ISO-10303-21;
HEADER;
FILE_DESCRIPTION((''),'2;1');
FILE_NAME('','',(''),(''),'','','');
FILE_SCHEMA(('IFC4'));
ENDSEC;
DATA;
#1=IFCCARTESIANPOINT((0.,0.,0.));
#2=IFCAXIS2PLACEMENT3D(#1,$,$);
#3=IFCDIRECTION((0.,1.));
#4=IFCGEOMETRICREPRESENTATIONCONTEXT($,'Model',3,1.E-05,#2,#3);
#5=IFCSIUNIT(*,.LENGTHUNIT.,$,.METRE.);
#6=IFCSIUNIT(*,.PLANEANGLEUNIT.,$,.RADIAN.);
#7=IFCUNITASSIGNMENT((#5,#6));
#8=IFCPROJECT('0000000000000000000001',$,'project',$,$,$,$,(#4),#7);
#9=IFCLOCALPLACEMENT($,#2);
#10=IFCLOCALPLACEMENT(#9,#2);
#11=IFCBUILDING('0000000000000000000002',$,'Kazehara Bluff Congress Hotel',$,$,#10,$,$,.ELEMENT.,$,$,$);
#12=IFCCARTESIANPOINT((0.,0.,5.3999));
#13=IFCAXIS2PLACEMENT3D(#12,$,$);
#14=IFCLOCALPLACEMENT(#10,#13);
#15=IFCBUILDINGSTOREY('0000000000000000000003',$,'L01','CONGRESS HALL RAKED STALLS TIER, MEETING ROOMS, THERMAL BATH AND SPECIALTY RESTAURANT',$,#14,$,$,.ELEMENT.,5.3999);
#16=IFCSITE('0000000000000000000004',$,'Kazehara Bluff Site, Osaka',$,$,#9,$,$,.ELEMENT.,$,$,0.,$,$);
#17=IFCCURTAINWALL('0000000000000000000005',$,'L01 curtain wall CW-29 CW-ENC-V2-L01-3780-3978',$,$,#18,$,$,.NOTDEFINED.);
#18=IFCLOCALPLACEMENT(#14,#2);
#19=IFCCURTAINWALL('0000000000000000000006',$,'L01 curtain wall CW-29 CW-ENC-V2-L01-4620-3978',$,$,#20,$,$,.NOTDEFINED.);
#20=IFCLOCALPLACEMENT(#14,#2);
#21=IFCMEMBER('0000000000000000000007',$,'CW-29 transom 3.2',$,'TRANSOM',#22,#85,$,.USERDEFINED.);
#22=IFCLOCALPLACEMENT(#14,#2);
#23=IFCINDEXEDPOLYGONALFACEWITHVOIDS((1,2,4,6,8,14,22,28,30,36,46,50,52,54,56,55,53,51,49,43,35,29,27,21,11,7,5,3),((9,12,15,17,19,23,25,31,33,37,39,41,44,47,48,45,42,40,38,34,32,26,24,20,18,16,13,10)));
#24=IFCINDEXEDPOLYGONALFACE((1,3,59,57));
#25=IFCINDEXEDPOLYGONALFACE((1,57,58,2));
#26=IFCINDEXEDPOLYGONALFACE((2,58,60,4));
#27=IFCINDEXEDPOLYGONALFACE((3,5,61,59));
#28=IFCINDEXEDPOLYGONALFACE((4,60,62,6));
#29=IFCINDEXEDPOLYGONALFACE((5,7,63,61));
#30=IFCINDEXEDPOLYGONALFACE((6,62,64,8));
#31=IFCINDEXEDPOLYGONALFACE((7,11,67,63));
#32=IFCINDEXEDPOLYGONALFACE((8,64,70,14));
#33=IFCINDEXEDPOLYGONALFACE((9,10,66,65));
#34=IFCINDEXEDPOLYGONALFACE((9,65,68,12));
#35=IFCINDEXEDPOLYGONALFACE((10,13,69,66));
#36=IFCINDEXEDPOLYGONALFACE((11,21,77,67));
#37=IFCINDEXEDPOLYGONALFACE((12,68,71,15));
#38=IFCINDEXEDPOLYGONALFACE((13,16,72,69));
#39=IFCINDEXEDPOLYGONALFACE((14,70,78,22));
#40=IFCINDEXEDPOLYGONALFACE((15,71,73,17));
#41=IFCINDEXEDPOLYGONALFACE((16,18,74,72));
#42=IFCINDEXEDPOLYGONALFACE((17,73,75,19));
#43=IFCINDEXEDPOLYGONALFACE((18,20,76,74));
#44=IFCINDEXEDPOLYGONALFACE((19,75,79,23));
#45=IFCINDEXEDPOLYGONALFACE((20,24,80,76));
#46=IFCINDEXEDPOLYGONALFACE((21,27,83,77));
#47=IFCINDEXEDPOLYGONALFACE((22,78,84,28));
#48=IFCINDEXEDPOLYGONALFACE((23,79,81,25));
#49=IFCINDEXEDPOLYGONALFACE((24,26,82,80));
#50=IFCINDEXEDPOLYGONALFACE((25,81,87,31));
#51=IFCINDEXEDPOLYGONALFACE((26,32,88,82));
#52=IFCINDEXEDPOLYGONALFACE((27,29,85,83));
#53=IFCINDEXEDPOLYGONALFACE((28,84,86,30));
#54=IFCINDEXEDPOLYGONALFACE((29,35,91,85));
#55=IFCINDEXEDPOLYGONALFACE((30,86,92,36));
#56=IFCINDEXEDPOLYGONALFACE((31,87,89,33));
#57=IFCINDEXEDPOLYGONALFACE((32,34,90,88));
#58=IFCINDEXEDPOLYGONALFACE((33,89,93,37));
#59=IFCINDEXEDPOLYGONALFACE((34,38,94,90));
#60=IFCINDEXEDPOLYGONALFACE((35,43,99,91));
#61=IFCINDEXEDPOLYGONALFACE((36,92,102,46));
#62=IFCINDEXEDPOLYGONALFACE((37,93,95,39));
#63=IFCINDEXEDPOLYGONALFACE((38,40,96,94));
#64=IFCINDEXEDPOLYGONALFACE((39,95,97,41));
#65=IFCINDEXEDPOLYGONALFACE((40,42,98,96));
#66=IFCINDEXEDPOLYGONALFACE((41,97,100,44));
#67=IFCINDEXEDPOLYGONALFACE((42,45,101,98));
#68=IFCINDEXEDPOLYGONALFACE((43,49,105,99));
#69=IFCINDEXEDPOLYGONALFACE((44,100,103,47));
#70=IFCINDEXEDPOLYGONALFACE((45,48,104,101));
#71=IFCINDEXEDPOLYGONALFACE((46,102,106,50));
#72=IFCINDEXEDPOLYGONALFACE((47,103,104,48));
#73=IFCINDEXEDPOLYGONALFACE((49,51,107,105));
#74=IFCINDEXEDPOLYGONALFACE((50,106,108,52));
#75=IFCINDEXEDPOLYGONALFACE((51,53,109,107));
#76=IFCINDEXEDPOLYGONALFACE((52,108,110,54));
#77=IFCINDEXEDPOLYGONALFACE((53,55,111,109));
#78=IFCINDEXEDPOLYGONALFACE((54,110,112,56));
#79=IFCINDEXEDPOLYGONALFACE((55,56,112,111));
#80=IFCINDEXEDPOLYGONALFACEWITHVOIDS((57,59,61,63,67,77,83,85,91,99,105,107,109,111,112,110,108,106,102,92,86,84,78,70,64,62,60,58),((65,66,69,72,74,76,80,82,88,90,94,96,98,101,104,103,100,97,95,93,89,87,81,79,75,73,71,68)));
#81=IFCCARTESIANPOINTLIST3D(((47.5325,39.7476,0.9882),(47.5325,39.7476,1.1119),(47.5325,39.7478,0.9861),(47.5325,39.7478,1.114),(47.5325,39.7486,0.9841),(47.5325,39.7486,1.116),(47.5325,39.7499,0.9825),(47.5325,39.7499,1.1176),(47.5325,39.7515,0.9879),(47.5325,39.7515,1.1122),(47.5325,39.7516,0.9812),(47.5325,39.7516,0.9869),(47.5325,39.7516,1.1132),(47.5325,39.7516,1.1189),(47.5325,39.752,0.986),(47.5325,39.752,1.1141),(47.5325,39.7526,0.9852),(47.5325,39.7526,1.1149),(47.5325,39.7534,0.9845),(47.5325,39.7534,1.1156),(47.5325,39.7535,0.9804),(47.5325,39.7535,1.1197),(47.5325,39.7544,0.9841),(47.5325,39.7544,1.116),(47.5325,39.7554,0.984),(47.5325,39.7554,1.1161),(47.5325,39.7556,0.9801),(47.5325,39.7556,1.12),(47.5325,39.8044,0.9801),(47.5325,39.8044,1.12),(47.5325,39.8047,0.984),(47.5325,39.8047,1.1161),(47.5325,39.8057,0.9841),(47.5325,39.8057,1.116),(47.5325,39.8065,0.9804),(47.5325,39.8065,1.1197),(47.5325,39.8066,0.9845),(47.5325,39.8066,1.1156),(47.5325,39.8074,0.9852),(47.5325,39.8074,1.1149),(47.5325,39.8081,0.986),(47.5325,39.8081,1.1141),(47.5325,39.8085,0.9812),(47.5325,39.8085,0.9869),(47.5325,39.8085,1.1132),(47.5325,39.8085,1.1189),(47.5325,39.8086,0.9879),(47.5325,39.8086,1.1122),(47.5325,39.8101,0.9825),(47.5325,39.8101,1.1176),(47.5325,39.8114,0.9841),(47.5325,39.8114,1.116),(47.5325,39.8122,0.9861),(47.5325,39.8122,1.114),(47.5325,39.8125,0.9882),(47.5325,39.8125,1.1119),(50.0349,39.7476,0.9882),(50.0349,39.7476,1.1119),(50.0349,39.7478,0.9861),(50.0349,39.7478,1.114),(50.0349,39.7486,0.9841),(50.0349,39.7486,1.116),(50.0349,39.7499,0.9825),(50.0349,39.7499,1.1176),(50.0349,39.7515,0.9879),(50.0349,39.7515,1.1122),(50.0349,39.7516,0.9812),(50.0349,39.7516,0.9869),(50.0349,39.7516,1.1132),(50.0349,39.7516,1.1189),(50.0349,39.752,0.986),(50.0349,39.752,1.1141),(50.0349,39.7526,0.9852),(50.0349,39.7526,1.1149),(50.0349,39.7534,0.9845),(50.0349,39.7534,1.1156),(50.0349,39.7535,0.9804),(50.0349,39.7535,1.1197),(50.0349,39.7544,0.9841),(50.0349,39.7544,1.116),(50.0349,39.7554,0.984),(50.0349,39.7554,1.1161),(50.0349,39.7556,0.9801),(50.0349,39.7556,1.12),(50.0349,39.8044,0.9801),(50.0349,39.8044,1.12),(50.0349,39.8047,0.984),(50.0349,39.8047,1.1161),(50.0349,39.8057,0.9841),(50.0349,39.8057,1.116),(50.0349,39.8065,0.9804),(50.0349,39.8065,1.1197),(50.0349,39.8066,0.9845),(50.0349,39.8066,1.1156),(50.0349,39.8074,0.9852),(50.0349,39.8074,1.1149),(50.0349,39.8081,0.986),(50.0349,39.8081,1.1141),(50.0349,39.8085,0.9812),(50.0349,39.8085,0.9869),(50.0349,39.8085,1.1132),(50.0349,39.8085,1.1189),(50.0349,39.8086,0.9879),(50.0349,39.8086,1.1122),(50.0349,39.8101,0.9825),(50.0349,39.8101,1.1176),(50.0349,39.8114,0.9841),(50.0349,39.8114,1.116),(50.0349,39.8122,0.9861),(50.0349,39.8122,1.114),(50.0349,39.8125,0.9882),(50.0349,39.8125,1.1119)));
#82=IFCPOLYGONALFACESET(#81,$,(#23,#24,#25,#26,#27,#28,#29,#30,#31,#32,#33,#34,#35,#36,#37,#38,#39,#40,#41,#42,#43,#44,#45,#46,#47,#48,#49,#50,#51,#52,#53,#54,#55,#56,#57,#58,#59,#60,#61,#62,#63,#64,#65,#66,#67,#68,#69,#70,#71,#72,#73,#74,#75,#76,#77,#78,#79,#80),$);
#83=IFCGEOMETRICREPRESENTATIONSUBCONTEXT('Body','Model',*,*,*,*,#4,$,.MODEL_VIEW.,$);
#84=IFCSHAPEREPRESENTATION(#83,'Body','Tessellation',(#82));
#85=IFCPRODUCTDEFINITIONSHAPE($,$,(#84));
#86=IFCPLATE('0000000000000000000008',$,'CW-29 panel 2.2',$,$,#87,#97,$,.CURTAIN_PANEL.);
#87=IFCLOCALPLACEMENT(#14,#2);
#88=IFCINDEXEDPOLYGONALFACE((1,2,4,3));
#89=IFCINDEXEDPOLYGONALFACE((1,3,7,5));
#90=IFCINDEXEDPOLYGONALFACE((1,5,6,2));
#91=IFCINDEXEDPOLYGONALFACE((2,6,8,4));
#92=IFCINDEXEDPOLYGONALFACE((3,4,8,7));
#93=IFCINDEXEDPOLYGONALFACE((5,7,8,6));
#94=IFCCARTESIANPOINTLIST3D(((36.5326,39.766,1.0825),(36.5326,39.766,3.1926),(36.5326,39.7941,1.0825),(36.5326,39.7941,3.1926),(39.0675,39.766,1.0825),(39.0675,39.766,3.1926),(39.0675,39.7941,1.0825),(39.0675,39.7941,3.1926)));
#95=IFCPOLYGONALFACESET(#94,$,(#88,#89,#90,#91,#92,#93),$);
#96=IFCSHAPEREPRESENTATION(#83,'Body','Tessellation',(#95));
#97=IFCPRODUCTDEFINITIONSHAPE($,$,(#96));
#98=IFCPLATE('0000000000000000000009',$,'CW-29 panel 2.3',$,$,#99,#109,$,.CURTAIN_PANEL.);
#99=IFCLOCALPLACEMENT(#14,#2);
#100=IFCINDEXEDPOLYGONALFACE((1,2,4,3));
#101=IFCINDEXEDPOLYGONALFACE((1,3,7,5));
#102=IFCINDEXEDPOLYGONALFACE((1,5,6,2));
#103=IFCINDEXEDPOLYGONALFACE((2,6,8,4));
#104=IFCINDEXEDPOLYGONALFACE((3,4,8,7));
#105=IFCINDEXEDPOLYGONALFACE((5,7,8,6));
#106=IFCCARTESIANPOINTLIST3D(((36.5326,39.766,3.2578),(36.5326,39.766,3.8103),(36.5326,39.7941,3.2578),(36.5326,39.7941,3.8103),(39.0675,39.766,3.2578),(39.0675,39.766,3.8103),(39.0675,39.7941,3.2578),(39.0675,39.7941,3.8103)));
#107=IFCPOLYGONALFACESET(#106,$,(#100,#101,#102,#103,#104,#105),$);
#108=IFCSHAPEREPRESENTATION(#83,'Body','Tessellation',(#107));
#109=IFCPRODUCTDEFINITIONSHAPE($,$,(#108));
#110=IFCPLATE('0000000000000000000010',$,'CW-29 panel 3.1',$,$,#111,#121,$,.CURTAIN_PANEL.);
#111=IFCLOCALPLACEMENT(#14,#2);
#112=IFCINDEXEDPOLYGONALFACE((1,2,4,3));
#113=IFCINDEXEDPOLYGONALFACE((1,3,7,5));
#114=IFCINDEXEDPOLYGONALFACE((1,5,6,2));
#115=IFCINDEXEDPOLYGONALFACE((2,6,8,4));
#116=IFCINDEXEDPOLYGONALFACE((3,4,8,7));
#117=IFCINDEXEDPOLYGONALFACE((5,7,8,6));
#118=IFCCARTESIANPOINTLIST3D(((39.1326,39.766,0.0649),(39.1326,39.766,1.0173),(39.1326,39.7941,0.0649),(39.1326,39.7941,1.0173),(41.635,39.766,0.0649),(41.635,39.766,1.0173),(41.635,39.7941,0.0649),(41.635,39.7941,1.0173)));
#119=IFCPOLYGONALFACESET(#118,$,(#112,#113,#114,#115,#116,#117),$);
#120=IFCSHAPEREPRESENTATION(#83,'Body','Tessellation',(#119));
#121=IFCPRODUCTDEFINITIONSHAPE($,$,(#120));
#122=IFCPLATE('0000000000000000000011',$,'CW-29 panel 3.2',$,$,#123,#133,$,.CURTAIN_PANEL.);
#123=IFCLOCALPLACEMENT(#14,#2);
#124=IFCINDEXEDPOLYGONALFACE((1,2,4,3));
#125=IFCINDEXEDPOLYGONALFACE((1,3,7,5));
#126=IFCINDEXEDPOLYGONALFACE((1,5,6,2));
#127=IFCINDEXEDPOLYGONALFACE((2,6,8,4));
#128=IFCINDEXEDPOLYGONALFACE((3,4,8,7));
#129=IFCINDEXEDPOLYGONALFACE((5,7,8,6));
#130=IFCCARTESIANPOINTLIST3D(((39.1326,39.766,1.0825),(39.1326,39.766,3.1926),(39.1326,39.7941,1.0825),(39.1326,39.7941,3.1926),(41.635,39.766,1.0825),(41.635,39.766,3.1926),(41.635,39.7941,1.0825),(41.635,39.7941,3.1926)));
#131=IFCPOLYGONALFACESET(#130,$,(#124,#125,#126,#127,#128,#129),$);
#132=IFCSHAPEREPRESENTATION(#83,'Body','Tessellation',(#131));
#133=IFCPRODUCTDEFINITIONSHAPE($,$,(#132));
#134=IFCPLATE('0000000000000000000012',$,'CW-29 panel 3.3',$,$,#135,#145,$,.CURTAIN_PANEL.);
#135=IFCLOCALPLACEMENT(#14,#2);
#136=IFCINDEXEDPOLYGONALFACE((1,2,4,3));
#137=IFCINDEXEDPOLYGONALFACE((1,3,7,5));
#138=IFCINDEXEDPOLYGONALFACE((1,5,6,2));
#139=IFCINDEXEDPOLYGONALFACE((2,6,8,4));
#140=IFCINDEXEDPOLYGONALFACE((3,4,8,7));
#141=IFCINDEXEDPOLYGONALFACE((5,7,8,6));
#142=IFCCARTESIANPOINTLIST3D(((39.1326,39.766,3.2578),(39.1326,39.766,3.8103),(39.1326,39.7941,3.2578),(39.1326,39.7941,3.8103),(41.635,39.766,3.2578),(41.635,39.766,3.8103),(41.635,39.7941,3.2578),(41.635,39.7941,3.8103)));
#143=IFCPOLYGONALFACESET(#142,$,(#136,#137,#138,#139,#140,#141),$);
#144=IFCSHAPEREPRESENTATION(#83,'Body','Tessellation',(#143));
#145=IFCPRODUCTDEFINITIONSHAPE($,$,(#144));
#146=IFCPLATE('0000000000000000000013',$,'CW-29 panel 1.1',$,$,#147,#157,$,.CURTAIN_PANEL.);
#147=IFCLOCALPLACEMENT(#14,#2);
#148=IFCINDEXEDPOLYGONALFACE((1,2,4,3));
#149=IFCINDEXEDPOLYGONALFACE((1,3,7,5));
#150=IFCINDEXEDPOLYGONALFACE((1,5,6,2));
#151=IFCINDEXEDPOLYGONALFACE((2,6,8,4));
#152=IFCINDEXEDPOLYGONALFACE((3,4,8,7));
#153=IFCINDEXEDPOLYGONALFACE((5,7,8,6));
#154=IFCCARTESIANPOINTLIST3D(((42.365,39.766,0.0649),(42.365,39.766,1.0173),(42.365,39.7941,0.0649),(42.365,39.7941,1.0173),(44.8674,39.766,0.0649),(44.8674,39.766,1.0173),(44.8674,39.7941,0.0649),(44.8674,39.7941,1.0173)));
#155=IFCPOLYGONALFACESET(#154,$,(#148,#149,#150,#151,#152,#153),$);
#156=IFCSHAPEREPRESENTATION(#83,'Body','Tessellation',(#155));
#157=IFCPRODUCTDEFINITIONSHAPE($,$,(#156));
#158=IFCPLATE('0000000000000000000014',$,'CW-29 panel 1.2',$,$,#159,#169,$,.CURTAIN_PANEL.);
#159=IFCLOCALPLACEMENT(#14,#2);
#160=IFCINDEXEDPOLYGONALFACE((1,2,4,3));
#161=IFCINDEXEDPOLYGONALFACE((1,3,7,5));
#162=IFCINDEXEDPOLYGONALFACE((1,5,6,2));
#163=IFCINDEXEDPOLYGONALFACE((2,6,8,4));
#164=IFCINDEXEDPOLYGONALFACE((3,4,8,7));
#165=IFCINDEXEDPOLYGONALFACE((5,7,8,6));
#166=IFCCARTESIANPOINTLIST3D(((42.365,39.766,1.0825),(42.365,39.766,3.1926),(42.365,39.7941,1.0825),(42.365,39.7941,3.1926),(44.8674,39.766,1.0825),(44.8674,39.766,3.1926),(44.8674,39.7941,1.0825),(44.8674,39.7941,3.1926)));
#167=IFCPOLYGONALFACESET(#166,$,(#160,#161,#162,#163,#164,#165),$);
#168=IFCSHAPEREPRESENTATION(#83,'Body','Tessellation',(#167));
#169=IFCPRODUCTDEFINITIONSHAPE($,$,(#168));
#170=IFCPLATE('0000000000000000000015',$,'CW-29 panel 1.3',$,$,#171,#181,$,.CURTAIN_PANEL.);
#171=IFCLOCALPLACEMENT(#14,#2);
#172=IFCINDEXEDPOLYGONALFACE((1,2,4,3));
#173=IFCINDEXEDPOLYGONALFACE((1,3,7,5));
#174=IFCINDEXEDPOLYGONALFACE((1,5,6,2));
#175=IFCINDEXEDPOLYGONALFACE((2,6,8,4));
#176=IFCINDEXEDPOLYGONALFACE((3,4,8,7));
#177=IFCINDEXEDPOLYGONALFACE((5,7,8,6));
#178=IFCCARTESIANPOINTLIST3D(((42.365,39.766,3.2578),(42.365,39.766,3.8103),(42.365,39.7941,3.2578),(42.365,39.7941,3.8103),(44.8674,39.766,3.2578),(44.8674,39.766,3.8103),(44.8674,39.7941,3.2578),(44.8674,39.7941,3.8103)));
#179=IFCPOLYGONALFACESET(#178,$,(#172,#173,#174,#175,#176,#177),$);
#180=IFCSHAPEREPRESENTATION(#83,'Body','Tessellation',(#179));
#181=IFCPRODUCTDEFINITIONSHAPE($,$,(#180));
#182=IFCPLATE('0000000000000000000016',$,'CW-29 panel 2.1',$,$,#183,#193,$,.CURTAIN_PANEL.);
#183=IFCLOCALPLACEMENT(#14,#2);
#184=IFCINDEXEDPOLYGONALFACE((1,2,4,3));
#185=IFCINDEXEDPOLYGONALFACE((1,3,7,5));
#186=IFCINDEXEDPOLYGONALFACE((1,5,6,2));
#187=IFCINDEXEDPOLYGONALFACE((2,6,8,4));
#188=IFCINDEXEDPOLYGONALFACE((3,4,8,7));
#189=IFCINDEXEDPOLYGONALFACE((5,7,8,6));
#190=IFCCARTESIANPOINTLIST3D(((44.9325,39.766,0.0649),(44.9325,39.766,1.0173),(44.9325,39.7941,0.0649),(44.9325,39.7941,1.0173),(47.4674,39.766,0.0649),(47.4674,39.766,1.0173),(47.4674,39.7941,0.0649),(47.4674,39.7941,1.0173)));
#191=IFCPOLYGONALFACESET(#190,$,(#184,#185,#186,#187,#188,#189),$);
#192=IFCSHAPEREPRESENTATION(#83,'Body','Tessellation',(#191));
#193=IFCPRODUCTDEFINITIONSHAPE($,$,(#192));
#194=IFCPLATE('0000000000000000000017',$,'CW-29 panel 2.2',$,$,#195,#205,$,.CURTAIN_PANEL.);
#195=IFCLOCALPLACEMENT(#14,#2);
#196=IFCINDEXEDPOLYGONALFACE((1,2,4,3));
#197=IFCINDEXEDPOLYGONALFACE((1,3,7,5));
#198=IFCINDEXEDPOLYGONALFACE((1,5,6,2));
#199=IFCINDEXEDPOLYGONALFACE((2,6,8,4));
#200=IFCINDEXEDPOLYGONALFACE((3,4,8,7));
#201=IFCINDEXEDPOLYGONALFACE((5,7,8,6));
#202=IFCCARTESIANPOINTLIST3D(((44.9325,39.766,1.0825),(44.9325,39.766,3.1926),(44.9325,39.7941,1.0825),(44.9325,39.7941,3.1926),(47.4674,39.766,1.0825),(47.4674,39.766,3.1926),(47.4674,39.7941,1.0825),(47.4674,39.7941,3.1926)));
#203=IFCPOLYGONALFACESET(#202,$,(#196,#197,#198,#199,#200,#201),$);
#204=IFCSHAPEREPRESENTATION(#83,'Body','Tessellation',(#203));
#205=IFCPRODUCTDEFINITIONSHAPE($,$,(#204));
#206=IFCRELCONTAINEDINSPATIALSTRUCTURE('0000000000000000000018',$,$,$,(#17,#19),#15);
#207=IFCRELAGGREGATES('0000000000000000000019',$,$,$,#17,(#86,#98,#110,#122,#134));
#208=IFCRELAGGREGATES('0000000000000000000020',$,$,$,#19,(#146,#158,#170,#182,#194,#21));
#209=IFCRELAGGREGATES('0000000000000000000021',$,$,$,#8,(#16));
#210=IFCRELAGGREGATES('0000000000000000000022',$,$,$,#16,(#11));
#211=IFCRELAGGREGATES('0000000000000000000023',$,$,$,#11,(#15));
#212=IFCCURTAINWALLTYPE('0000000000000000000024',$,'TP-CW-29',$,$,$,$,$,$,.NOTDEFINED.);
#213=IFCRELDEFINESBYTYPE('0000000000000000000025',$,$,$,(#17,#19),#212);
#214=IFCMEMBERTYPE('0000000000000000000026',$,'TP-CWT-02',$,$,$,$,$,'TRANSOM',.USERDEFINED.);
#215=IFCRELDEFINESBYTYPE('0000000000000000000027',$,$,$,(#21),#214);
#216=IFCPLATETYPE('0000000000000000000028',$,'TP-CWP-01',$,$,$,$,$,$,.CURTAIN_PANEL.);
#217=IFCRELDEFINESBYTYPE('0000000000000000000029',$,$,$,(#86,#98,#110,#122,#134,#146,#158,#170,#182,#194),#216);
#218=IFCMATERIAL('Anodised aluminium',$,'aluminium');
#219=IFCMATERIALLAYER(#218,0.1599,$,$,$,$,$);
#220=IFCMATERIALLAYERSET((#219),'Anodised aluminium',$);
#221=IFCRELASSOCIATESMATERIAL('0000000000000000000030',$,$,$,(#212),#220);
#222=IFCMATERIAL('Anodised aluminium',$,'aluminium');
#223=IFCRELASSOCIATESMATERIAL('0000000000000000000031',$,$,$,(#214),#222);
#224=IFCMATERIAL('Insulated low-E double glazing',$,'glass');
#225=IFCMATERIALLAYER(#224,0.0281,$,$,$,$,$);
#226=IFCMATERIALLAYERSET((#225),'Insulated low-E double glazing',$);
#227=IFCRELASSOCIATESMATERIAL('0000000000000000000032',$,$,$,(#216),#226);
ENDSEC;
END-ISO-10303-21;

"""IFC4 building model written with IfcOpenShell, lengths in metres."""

from ifc_helpers import new_model, si_unit, direction, frame, origin, origin_2d, place, context, subcontext, project, spatial, rectangle, hollow_rectangle, extrude, material, layer, layer_set, material_profile, profile_set, type_object, element, aggregate, save


model = new_model("IFC4")

# Units and contexts
model_context = context("Model", 3, precision=1e-05, world=origin(), true_north=direction((0.0, 1.0)))
body_context = subcontext(model_context, "Body", "Model", "MODEL_VIEW")
ifc_project = project(units=[si_unit("LENGTHUNIT", "METRE"), si_unit("PLANEANGLEUNIT", "RADIAN")], contexts=[model_context])

# Site, building, storey
site_placement = place(None, origin())
site = spatial("IfcSite", under=ifc_project, at=site_placement, Name="Kazehara Bluff Site, Osaka", CompositionType="ELEMENT", RefElevation=0.0)
building_placement = place(site_placement, origin())
building = spatial("IfcBuilding", under=site, at=building_placement, Name="Kazehara Bluff Congress Hotel", CompositionType="ELEMENT")
storey_placement = place(building_placement, frame((0.0, 0.0, 5.3999)))
storey = spatial("IfcBuildingStorey", under=building, at=storey_placement, Name="L01", Description="CONGRESS HALL RAKED STALLS TIER, MEETING ROOMS, THERMAL BATH AND SPECIALTY RESTAURANT", CompositionType="ELEMENT", Elevation=5.3999)

# Curtain walls
ifc_material_1 = material(Name="Anodised aluminium", Category="aluminium")
ifc_layer_1 = layer(ifc_material_1, 0.1599)
ifc_layer_set_1 = layer_set([ifc_layer_1], Name="Anodised aluminium")
curtain_wall_type = type_object("IfcCurtainWallType", Name="TP-CW-29", PredefinedType="NOTDEFINED", material=ifc_layer_set_1)
curtain_wall_1_placement = place(storey_placement, origin())
curtain_wall_1 = element("IfcCurtainWall", 1, at=curtain_wall_1_placement, inside=storey, type_object=curtain_wall_type, Name="L01 curtain wall CW-29 CW-ENC-V2-L01-3780-3978", PredefinedType="NOTDEFINED")
curtain_wall_2_placement = place(storey_placement, origin())
curtain_wall_2 = element("IfcCurtainWall", 2, at=curtain_wall_2_placement, inside=storey, type_object=curtain_wall_type, Name="L01 curtain wall CW-29 CW-ENC-V2-L01-4620-3978", PredefinedType="NOTDEFINED")

# Member
ifc_material_2 = material(Name="Anodised aluminium", Category="aluminium")
ifc_material_profile_1 = material_profile(ifc_material_2, hollow_rectangle(XDim=0.0649, YDim=0.1399, WallThickness=0.0039, InnerFilletRadius=0.0039, OuterFilletRadius=0.0081, at=origin_2d()))
ifc_profile_set_1 = profile_set([ifc_material_profile_1], Name="Anodised aluminium")
member_type_1 = type_object("IfcMemberType", Name="TP-CWT-02", ElementType="TRANSOM", PredefinedType="USERDEFINED", material=ifc_profile_set_1)
member_1_placement = place(storey_placement, frame((47.5325, 39.78, 1.05), z_axis=(1.0, 0.0, 0.0), x_axis=(0.0, 1.0, 0.0)))
member_1 = element("IfcMember", 3, at=member_1_placement, type_object=member_type_1, Name="CW-29 transom 3.2", ObjectType="TRANSOM", PredefinedType="USERDEFINED", context=body_context, shape_type="SweptSolid", body=[
    extrude(hollow_rectangle(XDim=0.0649, YDim=0.1399, WallThickness=0.0039, InnerFilletRadius=0.0039, OuterFilletRadius=0.0081, at=origin_2d()), origin(), (0.0, 0.0, 1.0), 2.5024),
])

# Plates
ifc_material_3 = material(Name="Insulated low-E double glazing", Category="glass")
ifc_layer_2 = layer(ifc_material_3, 0.0281)
ifc_layer_set_2 = layer_set([ifc_layer_2], Name="Insulated low-E double glazing")
plate_type = type_object("IfcPlateType", Name="TP-CWP-01", PredefinedType="CURTAIN_PANEL", material=ifc_layer_set_2)
plate_1_placement = place(storey_placement, frame((37.8, 39.78, 1.0825), z_axis=(0.0, 0.0, 1.0), x_axis=(1.0, 0.0, 0.0)))
plate_1 = element("IfcPlate", 4, at=plate_1_placement, type_object=plate_type, Name="CW-29 panel 2.2", PredefinedType="CURTAIN_PANEL", context=body_context, shape_type="SweptSolid", body=[
    extrude(rectangle(XDim=2.5349, YDim=0.0281, at=origin_2d()), origin(), (0.0, 0.0, 1.0), 2.1101),
])
plate_2_placement = place(storey_placement, frame((37.8, 39.78, 3.2578), z_axis=(0.0, 0.0, 1.0), x_axis=(1.0, 0.0, 0.0)))
plate_2 = element("IfcPlate", 5, at=plate_2_placement, type_object=plate_type, Name="CW-29 panel 2.3", PredefinedType="CURTAIN_PANEL", context=body_context, shape_type="SweptSolid", body=[
    extrude(rectangle(XDim=2.5349, YDim=0.0281, at=origin_2d()), origin(), (0.0, 0.0, 1.0), 0.5525),
])
plate_3_placement = place(storey_placement, frame((40.3838, 39.78, 0.0649), z_axis=(0.0, 0.0, 1.0), x_axis=(1.0, 0.0, 0.0)))
plate_3 = element("IfcPlate", 6, at=plate_3_placement, type_object=plate_type, Name="CW-29 panel 3.1", PredefinedType="CURTAIN_PANEL", context=body_context, shape_type="SweptSolid", body=[
    extrude(rectangle(XDim=2.5024, YDim=0.0281, at=origin_2d()), origin(), (0.0, 0.0, 1.0), 0.9524),
])
plate_4_placement = place(storey_placement, frame((40.3838, 39.78, 1.0825), z_axis=(0.0, 0.0, 1.0), x_axis=(1.0, 0.0, 0.0)))
plate_4 = element("IfcPlate", 7, at=plate_4_placement, type_object=plate_type, Name="CW-29 panel 3.2", PredefinedType="CURTAIN_PANEL", context=body_context, shape_type="SweptSolid", body=[
    extrude(rectangle(XDim=2.5024, YDim=0.0281, at=origin_2d()), origin(), (0.0, 0.0, 1.0), 2.1101),
])
plate_5_placement = place(storey_placement, frame((40.3838, 39.78, 3.2578), z_axis=(0.0, 0.0, 1.0), x_axis=(1.0, 0.0, 0.0)))
plate_5 = element("IfcPlate", 8, at=plate_5_placement, type_object=plate_type, Name="CW-29 panel 3.3", PredefinedType="CURTAIN_PANEL", context=body_context, shape_type="SweptSolid", body=[
    extrude(rectangle(XDim=2.5024, YDim=0.0281, at=origin_2d()), origin(), (0.0, 0.0, 1.0), 0.5525),
])
aggregate(curtain_wall_1, [plate_1, plate_2, plate_3, plate_4, plate_5])
plate_6_placement = place(storey_placement, frame((43.6162, 39.78, 0.0649), z_axis=(0.0, 0.0, 1.0), x_axis=(1.0, 0.0, 0.0)))
plate_6 = element("IfcPlate", 9, at=plate_6_placement, type_object=plate_type, Name="CW-29 panel 1.1", PredefinedType="CURTAIN_PANEL", context=body_context, shape_type="SweptSolid", body=[
    extrude(rectangle(XDim=2.5024, YDim=0.0281, at=origin_2d()), origin(), (0.0, 0.0, 1.0), 0.9524),
])
plate_7_placement = place(storey_placement, frame((43.6162, 39.78, 1.0825), z_axis=(0.0, 0.0, 1.0), x_axis=(1.0, 0.0, 0.0)))
plate_7 = element("IfcPlate", 10, at=plate_7_placement, type_object=plate_type, Name="CW-29 panel 1.2", PredefinedType="CURTAIN_PANEL", context=body_context, shape_type="SweptSolid", body=[
    extrude(rectangle(XDim=2.5024, YDim=0.0281, at=origin_2d()), origin(), (0.0, 0.0, 1.0), 2.1101),
])
plate_8_placement = place(storey_placement, frame((43.6162, 39.78, 3.2578), z_axis=(0.0, 0.0, 1.0), x_axis=(1.0, 0.0, 0.0)))
plate_8 = element("IfcPlate", 11, at=plate_8_placement, type_object=plate_type, Name="CW-29 panel 1.3", PredefinedType="CURTAIN_PANEL", context=body_context, shape_type="SweptSolid", body=[
    extrude(rectangle(XDim=2.5024, YDim=0.0281, at=origin_2d()), origin(), (0.0, 0.0, 1.0), 0.5525),
])
plate_9_placement = place(storey_placement, frame((46.2, 39.78, 0.0649), z_axis=(0.0, 0.0, 1.0), x_axis=(1.0, 0.0, 0.0)))
plate_9 = element("IfcPlate", 12, at=plate_9_placement, type_object=plate_type, Name="CW-29 panel 2.1", PredefinedType="CURTAIN_PANEL", context=body_context, shape_type="SweptSolid", body=[
    extrude(rectangle(XDim=2.5349, YDim=0.0281, at=origin_2d()), origin(), (0.0, 0.0, 1.0), 0.9524),
])
plate_10_placement = place(storey_placement, frame((46.2, 39.78, 1.0825), z_axis=(0.0, 0.0, 1.0), x_axis=(1.0, 0.0, 0.0)))
plate_10 = element("IfcPlate", 13, at=plate_10_placement, type_object=plate_type, Name="CW-29 panel 2.2", PredefinedType="CURTAIN_PANEL", context=body_context, shape_type="SweptSolid", body=[
    extrude(rectangle(XDim=2.5349, YDim=0.0281, at=origin_2d()), origin(), (0.0, 0.0, 1.0), 2.1101),
])
aggregate(curtain_wall_2, [plate_6, plate_7, plate_8, plate_9, plate_10, member_1])

save(model, "model.ifc")
